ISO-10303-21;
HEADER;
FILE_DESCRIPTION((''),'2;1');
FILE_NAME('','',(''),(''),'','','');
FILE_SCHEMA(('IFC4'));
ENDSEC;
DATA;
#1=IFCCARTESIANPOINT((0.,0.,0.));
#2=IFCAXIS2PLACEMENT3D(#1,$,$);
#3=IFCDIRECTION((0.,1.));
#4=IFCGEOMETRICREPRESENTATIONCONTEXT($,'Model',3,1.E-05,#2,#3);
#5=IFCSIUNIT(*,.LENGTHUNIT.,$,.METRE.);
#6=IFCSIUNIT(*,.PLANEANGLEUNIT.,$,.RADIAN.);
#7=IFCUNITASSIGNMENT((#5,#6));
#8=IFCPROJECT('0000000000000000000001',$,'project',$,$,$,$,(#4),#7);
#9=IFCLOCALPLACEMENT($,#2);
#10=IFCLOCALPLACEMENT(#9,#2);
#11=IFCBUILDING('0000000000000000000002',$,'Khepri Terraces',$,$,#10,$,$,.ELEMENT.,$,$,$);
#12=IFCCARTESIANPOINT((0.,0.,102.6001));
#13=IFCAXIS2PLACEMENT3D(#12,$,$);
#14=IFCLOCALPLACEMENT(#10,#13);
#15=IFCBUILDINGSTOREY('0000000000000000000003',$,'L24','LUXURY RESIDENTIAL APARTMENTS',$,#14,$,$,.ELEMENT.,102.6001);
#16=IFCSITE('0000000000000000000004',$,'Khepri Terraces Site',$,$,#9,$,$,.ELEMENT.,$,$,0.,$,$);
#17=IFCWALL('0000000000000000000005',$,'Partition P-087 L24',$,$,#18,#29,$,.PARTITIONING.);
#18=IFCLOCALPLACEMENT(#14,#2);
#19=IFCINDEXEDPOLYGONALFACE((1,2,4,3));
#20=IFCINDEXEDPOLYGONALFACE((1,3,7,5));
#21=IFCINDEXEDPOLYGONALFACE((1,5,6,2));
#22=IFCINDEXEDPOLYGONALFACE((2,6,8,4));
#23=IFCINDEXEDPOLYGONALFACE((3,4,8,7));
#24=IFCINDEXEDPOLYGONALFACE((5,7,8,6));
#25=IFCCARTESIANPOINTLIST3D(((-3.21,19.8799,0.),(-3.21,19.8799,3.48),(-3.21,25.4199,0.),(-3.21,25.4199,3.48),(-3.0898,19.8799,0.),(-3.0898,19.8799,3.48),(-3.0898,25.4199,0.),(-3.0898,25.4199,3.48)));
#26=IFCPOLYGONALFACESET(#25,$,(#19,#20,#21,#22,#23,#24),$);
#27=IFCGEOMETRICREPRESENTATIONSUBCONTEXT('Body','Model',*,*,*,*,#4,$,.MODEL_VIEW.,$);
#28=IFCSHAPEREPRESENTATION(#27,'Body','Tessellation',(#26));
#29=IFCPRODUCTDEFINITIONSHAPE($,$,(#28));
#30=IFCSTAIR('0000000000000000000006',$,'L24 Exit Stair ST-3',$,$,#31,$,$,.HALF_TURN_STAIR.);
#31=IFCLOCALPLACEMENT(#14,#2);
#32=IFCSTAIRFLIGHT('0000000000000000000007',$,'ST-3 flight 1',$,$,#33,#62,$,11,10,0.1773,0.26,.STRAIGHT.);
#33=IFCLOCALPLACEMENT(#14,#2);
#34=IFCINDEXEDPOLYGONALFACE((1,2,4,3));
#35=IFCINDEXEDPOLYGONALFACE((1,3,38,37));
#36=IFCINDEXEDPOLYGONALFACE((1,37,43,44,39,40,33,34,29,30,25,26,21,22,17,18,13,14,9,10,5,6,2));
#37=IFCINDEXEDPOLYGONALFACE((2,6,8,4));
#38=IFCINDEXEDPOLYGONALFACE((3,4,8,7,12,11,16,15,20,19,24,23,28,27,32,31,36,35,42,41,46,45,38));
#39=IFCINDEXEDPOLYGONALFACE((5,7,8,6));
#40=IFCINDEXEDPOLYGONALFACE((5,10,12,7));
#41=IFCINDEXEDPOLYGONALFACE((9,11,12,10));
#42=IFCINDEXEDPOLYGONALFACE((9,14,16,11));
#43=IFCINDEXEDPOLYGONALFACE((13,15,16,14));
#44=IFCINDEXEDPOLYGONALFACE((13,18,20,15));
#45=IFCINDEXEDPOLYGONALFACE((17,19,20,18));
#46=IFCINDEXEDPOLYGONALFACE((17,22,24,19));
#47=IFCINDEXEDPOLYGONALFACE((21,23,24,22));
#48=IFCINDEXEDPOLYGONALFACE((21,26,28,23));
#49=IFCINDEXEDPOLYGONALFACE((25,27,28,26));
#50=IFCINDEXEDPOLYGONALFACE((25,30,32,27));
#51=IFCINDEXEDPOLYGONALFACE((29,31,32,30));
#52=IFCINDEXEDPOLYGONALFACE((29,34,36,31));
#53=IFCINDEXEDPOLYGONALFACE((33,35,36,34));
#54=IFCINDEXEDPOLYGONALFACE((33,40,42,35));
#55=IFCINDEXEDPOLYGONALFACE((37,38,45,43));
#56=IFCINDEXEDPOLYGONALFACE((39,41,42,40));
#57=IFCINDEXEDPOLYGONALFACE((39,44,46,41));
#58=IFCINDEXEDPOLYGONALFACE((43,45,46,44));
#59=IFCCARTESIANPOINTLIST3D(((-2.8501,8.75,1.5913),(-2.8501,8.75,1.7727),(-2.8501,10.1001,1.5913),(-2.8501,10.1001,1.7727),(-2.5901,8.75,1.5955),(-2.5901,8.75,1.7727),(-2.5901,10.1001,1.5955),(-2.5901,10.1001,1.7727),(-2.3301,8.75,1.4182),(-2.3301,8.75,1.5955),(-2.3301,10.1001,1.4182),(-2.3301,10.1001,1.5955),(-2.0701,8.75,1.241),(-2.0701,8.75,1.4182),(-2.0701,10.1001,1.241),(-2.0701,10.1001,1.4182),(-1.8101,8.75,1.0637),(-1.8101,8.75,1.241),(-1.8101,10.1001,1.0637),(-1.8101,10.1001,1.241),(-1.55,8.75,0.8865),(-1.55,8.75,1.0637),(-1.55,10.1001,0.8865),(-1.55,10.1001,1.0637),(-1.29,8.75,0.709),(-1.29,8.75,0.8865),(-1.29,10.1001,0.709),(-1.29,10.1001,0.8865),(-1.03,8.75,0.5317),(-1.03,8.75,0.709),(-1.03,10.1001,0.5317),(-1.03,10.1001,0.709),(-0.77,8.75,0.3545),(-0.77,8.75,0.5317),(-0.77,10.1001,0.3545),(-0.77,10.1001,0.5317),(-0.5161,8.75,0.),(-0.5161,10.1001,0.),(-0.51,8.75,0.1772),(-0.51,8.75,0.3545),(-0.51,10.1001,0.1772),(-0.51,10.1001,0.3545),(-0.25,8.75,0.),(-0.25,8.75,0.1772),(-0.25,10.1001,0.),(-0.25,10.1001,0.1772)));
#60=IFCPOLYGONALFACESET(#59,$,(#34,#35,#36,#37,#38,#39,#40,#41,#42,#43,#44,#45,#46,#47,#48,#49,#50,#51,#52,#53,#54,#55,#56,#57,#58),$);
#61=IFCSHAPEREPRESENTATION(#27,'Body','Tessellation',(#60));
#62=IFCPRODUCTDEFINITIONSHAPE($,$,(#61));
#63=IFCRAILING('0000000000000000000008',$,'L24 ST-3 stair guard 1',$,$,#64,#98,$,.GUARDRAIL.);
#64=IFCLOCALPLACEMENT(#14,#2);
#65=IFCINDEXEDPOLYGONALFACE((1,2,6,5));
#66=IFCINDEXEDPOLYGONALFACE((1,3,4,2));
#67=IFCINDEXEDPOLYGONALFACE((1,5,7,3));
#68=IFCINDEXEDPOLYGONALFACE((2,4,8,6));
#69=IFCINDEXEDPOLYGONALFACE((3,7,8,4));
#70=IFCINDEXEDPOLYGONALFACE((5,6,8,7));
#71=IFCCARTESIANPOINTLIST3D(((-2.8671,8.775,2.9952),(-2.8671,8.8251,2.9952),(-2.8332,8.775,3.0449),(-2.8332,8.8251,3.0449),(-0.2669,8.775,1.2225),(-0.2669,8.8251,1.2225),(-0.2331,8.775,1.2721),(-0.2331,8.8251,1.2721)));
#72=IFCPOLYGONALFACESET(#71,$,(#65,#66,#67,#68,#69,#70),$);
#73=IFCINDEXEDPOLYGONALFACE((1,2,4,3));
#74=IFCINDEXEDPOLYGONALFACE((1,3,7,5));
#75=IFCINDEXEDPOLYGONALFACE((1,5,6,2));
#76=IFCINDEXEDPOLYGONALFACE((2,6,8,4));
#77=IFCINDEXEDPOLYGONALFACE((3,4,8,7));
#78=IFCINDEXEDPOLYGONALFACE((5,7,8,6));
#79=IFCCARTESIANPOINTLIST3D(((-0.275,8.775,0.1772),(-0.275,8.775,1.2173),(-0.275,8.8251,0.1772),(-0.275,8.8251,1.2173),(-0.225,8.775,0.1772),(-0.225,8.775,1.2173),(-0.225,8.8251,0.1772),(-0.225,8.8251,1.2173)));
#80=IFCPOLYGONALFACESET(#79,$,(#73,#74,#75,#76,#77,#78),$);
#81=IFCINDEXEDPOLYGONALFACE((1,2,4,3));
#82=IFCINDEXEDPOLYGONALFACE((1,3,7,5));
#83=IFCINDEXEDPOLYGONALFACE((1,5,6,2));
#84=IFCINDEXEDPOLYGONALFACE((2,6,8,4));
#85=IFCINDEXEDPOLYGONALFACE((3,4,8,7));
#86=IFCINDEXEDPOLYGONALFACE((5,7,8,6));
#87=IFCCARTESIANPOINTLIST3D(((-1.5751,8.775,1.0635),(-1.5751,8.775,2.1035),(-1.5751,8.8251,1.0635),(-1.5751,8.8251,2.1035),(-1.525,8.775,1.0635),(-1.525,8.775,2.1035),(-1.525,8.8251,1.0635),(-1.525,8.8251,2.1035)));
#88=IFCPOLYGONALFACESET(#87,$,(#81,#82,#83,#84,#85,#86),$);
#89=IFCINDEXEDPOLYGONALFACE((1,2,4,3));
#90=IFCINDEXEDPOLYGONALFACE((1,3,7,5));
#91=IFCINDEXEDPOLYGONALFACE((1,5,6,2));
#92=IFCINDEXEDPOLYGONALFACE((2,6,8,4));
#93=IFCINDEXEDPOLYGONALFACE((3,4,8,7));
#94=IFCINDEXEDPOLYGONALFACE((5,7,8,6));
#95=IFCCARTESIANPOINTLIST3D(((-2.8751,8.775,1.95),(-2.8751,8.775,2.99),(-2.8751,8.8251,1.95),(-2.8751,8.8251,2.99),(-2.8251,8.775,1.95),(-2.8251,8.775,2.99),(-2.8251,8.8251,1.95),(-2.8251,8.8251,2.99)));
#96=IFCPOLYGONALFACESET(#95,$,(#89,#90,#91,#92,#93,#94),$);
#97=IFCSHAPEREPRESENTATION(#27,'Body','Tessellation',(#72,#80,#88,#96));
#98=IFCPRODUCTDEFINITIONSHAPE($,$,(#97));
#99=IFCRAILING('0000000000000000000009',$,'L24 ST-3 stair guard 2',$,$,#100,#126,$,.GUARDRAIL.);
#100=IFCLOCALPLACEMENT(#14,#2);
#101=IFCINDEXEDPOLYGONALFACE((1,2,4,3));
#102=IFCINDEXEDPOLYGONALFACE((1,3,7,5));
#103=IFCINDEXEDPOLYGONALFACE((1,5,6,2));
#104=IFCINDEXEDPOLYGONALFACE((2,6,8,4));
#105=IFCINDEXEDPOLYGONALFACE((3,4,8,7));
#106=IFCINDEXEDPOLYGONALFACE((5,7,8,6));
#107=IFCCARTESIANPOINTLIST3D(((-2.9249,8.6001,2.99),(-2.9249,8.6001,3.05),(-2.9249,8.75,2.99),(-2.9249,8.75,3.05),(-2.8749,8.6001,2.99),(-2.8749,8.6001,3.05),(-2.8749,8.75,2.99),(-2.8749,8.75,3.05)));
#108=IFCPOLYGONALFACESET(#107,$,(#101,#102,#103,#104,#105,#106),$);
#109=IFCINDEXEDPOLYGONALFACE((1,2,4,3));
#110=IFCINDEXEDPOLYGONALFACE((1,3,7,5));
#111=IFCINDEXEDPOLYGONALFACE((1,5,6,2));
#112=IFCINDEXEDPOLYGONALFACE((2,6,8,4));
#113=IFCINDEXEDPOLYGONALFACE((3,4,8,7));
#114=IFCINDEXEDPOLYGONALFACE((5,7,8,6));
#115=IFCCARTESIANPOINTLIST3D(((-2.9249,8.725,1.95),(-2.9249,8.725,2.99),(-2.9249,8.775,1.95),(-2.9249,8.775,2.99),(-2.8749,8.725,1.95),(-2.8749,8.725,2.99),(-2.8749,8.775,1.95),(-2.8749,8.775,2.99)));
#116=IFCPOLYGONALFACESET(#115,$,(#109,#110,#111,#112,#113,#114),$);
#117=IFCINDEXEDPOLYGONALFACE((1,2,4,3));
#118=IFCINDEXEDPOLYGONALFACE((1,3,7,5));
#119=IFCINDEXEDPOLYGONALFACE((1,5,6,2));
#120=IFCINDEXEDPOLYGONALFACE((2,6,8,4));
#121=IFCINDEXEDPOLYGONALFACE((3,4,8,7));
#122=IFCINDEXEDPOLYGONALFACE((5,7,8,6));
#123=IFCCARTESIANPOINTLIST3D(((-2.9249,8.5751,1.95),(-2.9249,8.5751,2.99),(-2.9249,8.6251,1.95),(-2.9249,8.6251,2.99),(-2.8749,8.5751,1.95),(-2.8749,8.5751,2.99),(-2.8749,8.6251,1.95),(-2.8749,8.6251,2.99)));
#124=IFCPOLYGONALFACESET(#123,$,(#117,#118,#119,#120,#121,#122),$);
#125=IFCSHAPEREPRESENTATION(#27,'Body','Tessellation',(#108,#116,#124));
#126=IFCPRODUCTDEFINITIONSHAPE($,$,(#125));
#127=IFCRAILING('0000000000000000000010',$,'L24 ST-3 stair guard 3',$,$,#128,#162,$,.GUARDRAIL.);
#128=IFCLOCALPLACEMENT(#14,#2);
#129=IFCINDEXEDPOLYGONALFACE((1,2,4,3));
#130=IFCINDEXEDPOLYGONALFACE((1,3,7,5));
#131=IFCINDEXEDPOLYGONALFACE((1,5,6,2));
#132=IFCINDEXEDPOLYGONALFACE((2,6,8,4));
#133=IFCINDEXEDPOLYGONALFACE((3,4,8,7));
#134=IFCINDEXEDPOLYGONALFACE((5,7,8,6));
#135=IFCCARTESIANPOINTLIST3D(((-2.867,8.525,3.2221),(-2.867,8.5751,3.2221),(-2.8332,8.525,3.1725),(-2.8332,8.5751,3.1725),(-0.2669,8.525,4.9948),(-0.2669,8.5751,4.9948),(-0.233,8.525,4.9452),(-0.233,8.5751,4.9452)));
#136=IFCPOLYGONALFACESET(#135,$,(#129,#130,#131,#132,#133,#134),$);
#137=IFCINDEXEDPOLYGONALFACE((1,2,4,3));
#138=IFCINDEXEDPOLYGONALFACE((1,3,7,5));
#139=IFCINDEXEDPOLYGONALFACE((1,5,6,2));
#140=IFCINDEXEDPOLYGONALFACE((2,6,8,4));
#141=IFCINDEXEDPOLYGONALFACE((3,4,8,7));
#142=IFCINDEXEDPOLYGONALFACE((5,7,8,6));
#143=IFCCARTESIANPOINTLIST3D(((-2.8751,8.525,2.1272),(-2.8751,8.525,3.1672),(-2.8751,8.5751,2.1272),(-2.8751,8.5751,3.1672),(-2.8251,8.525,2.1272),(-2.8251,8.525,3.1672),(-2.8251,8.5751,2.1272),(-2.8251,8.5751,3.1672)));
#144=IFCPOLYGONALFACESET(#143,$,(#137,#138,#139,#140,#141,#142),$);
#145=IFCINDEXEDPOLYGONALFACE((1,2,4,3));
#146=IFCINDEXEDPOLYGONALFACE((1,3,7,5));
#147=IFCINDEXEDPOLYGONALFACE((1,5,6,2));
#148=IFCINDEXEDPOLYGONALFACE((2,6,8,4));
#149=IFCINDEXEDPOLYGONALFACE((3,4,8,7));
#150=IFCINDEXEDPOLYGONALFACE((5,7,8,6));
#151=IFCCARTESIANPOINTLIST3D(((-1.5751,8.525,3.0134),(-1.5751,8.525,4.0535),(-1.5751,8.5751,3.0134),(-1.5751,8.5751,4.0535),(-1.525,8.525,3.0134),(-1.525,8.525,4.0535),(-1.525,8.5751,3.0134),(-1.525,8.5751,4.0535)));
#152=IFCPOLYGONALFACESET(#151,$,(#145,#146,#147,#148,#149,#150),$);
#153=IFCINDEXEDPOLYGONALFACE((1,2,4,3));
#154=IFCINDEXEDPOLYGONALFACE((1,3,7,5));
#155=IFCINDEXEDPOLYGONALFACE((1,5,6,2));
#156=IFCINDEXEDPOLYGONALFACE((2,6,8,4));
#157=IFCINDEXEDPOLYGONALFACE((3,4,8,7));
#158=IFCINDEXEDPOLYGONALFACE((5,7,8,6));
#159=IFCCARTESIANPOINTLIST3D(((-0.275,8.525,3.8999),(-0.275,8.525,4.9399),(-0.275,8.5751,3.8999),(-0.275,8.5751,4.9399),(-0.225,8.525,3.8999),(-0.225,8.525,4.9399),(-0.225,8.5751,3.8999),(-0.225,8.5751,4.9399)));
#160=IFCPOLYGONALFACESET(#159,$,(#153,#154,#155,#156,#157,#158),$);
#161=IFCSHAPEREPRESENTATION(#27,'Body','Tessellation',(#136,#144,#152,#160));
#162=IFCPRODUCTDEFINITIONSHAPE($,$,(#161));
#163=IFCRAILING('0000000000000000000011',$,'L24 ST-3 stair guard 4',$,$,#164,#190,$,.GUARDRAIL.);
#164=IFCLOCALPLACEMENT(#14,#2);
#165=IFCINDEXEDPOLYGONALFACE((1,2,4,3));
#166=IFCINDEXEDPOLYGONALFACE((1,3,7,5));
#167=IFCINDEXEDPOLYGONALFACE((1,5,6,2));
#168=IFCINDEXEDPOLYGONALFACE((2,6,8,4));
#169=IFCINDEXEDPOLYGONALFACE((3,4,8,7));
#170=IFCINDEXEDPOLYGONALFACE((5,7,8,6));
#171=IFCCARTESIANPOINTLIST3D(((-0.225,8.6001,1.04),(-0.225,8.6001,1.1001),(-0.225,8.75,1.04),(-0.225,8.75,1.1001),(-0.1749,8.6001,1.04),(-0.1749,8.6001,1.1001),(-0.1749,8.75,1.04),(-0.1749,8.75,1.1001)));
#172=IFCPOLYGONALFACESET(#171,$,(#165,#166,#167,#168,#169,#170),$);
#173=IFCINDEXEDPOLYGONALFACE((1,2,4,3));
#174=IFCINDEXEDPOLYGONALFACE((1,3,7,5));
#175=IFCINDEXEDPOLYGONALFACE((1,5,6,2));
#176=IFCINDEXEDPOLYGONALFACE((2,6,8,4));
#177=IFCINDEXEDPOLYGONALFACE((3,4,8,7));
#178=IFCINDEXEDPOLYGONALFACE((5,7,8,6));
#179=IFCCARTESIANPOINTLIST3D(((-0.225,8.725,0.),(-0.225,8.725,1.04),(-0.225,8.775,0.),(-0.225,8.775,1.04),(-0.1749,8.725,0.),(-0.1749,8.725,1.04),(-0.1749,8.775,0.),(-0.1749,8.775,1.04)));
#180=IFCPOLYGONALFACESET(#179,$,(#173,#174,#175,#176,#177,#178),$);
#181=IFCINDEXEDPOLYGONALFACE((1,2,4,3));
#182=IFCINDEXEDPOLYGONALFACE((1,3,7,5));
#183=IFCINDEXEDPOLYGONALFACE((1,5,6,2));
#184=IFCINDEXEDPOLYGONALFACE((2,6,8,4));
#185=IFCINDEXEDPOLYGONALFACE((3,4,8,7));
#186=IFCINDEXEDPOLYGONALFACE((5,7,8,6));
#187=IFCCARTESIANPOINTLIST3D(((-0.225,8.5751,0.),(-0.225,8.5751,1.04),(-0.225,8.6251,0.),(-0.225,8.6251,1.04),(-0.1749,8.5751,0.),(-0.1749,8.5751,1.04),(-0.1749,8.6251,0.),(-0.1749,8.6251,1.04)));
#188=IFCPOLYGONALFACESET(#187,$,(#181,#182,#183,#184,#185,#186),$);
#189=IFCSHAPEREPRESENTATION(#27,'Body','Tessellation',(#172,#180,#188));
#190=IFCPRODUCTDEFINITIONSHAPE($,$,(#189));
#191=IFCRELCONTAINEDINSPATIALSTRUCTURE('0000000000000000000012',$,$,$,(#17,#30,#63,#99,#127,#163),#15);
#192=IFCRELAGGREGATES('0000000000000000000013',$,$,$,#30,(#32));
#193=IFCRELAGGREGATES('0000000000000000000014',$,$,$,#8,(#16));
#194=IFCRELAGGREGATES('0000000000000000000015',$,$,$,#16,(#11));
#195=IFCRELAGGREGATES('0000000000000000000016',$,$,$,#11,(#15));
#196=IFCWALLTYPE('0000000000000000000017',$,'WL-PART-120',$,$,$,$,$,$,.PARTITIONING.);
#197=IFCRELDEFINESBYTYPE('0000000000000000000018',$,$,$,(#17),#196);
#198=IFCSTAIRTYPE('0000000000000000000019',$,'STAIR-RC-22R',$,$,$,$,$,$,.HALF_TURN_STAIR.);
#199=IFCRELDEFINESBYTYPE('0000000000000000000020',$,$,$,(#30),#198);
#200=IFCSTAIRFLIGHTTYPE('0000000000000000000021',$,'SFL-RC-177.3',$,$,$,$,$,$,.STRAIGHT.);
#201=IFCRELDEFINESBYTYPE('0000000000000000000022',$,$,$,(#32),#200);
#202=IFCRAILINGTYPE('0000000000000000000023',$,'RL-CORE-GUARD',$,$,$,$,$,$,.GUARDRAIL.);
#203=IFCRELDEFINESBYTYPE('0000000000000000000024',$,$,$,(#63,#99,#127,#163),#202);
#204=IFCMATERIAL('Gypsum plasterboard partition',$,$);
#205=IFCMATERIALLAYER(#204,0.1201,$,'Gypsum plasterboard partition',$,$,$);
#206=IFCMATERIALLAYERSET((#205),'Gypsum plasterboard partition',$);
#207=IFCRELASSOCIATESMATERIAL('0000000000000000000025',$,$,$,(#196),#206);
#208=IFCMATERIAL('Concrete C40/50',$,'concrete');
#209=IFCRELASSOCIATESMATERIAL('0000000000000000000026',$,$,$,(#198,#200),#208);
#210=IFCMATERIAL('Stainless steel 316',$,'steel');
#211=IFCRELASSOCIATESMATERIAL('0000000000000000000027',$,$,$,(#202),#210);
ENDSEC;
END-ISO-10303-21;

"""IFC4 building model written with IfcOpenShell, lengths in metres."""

from ifc_helpers import new_model, si_unit, direction, frame, frame_2d, origin, origin_2d, place, context, subcontext, project, spatial, polyline, rectangle, outline, extrude, material, layer, layer_set, type_object, element, aggregate, save


model = new_model("IFC4")

# Units and contexts
model_context = context("Model", 3, precision=1e-05, world=origin(), true_north=direction((0.0, 1.0)))
body_context = subcontext(model_context, "Body", "Model", "MODEL_VIEW")
ifc_project = project(units=[si_unit("LENGTHUNIT", "METRE"), si_unit("PLANEANGLEUNIT", "RADIAN")], contexts=[model_context])

# Site, building, storey
site_placement = place(None, origin())
site = spatial("IfcSite", under=ifc_project, at=site_placement, Name="Khepri Terraces Site", CompositionType="ELEMENT", RefElevation=0.0)
building_placement = place(site_placement, origin())
building = spatial("IfcBuilding", under=site, at=building_placement, Name="Khepri Terraces", CompositionType="ELEMENT")
storey_placement = place(building_placement, frame((0.0, 0.0, 102.6001)))
storey = spatial("IfcBuildingStorey", under=building, at=storey_placement, Name="L24", Description="LUXURY RESIDENTIAL APARTMENTS", CompositionType="ELEMENT", Elevation=102.6001)

# Shared definitions
ifc_material_1 = material(Name="Gypsum plasterboard partition")
ifc_layer_1 = layer(ifc_material_1, 0.1201, Name="Gypsum plasterboard partition")
ifc_layer_set_1 = layer_set([ifc_layer_1], Name="Gypsum plasterboard partition")
wall_type_1 = type_object("IfcWallType", Name="WL-PART-120", PredefinedType="PARTITIONING", material=ifc_layer_set_1)

# Wall
wall_1_placement = place(storey_placement, frame((-3.1499, 19.8799, 0.0), z_axis=(0.0, 0.0, 1.0), x_axis=(0.0, 1.0, 0.0)))
element("IfcWall", 1, at=wall_1_placement, inside=storey, type_object=wall_type_1, Name="Partition P-087 L24", PredefinedType="PARTITIONING", context=body_context, shape_type="SweptSolid", body=[
    extrude(rectangle(XDim=5.54, YDim=0.1201, at=frame_2d((2.77, 0.0))), origin(), (0.0, 0.0, 1.0), 3.48),
])

# Stair, stair flight
ifc_material_2 = material(Name="Concrete C40/50", Category="concrete")
stair_type = type_object("IfcStairType", Name="STAIR-RC-22R", PredefinedType="HALF_TURN_STAIR", material=ifc_material_2)
stair_placement = place(storey_placement, origin())
stair = element("IfcStair", 2, at=stair_placement, inside=storey, type_object=stair_type, Name="L24 Exit Stair ST-3", PredefinedType="HALF_TURN_STAIR")
stair_flight_type = type_object("IfcStairFlightType", Name="SFL-RC-177.3", PredefinedType="STRAIGHT", material=ifc_material_2)
stair_flight_placement = place(storey_placement, frame((-0.25, 9.425, 0.0), z_axis=(0.0, 0.0, 1.0), x_axis=(-1.0, 0.0, 0.0)))
stair_flight = element("IfcStairFlight", 3, at=stair_flight_placement, type_object=stair_flight_type, Name="ST-3 flight 1", NumberOfRisers=11, NumberOfTreads=10, PredefinedType="STRAIGHT", RiserHeight=0.1773, TreadLength=0.26, context=body_context, shape_type="SweptSolid", body=[
    extrude(outline(polyline([(0.0, 0.0), (0.0, 0.1772), (0.26, 0.1772), (0.26, 0.3545), (0.52, 0.3545), (0.52, 0.5317), (0.78, 0.5317), (0.78, 0.709), (1.04, 0.709), (1.04, 0.8865), (1.3, 0.8865), (1.3, 1.0637), (1.5601, 1.0637), (1.5601, 1.241), (1.8201, 1.241), (1.8201, 1.4182), (2.0801, 1.4182), (2.0801, 1.5955), (2.3401, 1.5955), (2.3401, 1.7727), (2.6001, 1.7727), (2.6001, 1.95), (2.6001, 1.5913), (0.2661, 0.0), (0.0, 0.0)])), frame((0.0, 0.675, 0.0), z_axis=(0.0, -1.0, 0.0), x_axis=(1.0, 0.0, 0.0)), (0.0, 0.0, 1.0), 1.3501),
])
aggregate(stair, [stair_flight])

# Railings
ifc_material_3 = material(Name="Stainless steel 316", Category="steel")
railing_type_1 = type_object("IfcRailingType", Name="RL-CORE-GUARD", PredefinedType="GUARDRAIL", material=ifc_material_3)
railing_1_placement = place(storey_placement, frame((-0.25, 8.8, 0.1772)))
element("IfcRailing", 4, at=railing_1_placement, inside=storey, type_object=railing_type_1, Name="L24 ST-3 stair guard 1", PredefinedType="GUARDRAIL", context=body_context, shape_type="SweptSolid", body=[
    extrude(rectangle(XDim=0.05, YDim=0.0601, at=origin_2d()), frame((0.0, 0.0, 1.0701), z_axis=(-0.82624, 0.0, 0.563318), x_axis=(0.0, -1.0, 0.0)), (0.0, 0.0, 1.0), 3.147),
    extrude(rectangle(XDim=0.05, YDim=0.05, at=origin_2d()), origin(), (0.0, 0.0, 1.0), 1.04),
    extrude(rectangle(XDim=0.05, YDim=0.05, at=origin_2d()), frame((-1.3, 0.0, 0.8862)), (0.0, 0.0, 1.0), 1.04),
    extrude(rectangle(XDim=0.05, YDim=0.05, at=origin_2d()), frame((-2.6001, 0.0, 1.7727)), (0.0, 0.0, 1.0), 1.04),
])
railing_2_placement = place(storey_placement, frame((-2.8999, 8.75, 1.95)))
element("IfcRailing", 5, at=railing_2_placement, inside=storey, type_object=railing_type_1, Name="L24 ST-3 stair guard 2", PredefinedType="GUARDRAIL", context=body_context, shape_type="SweptSolid", body=[
    extrude(rectangle(XDim=0.05, YDim=0.0601, at=origin_2d()), frame((0.0, 0.0, 1.0701), z_axis=(0.0, -1.0, 0.0), x_axis=(1.0, 0.0, 0.0)), (0.0, 0.0, 1.0), 0.1499),
    extrude(rectangle(XDim=0.05, YDim=0.05, at=origin_2d()), origin(), (0.0, 0.0, 1.0), 1.04),
    extrude(rectangle(XDim=0.05, YDim=0.05, at=origin_2d()), frame((0.0, -0.1499, 0.0)), (0.0, 0.0, 1.0), 1.04),
])
railing_3_placement = place(storey_placement, frame((-2.8501, 8.55, 2.1272)))
element("IfcRailing", 6, at=railing_3_placement, inside=storey, type_object=railing_type_1, Name="L24 ST-3 stair guard 3", PredefinedType="GUARDRAIL", context=body_context, shape_type="SweptSolid", body=[
    extrude(rectangle(XDim=0.05, YDim=0.0601, at=origin_2d()), frame((0.0, 0.0, 1.0701), z_axis=(0.82624, 0.0, 0.563318), x_axis=(0.0, 1.0, 0.0)), (0.0, 0.0, 1.0), 3.147),
    extrude(rectangle(XDim=0.05, YDim=0.05, at=origin_2d()), origin(), (0.0, 0.0, 1.0), 1.04),
    extrude(rectangle(XDim=0.05, YDim=0.05, at=origin_2d()), frame((1.3, 0.0, 0.8862)), (0.0, 0.0, 1.0), 1.04),
    extrude(rectangle(XDim=0.05, YDim=0.05, at=origin_2d()), frame((2.6001, 0.0, 1.7727)), (0.0, 0.0, 1.0), 1.04),
])
railing_4_placement = place(storey_placement, frame((-0.2, 8.75, 0.0)))
element("IfcRailing", 7, at=railing_4_placement, inside=storey, type_object=railing_type_1, Name="L24 ST-3 stair guard 4", PredefinedType="GUARDRAIL", context=body_context, shape_type="SweptSolid", body=[
    extrude(rectangle(XDim=0.05, YDim=0.0601, at=origin_2d()), frame((0.0, 0.0, 1.0701), z_axis=(0.0, -1.0, 0.0), x_axis=(1.0, 0.0, 0.0)), (0.0, 0.0, 1.0), 0.1499),
    extrude(rectangle(XDim=0.05, YDim=0.05, at=origin_2d()), origin(), (0.0, 0.0, 1.0), 1.04),
    extrude(rectangle(XDim=0.05, YDim=0.05, at=origin_2d()), frame((0.0, -0.1499, 0.0)), (0.0, 0.0, 1.0), 1.04),
])

save(model, "model.ifc")
